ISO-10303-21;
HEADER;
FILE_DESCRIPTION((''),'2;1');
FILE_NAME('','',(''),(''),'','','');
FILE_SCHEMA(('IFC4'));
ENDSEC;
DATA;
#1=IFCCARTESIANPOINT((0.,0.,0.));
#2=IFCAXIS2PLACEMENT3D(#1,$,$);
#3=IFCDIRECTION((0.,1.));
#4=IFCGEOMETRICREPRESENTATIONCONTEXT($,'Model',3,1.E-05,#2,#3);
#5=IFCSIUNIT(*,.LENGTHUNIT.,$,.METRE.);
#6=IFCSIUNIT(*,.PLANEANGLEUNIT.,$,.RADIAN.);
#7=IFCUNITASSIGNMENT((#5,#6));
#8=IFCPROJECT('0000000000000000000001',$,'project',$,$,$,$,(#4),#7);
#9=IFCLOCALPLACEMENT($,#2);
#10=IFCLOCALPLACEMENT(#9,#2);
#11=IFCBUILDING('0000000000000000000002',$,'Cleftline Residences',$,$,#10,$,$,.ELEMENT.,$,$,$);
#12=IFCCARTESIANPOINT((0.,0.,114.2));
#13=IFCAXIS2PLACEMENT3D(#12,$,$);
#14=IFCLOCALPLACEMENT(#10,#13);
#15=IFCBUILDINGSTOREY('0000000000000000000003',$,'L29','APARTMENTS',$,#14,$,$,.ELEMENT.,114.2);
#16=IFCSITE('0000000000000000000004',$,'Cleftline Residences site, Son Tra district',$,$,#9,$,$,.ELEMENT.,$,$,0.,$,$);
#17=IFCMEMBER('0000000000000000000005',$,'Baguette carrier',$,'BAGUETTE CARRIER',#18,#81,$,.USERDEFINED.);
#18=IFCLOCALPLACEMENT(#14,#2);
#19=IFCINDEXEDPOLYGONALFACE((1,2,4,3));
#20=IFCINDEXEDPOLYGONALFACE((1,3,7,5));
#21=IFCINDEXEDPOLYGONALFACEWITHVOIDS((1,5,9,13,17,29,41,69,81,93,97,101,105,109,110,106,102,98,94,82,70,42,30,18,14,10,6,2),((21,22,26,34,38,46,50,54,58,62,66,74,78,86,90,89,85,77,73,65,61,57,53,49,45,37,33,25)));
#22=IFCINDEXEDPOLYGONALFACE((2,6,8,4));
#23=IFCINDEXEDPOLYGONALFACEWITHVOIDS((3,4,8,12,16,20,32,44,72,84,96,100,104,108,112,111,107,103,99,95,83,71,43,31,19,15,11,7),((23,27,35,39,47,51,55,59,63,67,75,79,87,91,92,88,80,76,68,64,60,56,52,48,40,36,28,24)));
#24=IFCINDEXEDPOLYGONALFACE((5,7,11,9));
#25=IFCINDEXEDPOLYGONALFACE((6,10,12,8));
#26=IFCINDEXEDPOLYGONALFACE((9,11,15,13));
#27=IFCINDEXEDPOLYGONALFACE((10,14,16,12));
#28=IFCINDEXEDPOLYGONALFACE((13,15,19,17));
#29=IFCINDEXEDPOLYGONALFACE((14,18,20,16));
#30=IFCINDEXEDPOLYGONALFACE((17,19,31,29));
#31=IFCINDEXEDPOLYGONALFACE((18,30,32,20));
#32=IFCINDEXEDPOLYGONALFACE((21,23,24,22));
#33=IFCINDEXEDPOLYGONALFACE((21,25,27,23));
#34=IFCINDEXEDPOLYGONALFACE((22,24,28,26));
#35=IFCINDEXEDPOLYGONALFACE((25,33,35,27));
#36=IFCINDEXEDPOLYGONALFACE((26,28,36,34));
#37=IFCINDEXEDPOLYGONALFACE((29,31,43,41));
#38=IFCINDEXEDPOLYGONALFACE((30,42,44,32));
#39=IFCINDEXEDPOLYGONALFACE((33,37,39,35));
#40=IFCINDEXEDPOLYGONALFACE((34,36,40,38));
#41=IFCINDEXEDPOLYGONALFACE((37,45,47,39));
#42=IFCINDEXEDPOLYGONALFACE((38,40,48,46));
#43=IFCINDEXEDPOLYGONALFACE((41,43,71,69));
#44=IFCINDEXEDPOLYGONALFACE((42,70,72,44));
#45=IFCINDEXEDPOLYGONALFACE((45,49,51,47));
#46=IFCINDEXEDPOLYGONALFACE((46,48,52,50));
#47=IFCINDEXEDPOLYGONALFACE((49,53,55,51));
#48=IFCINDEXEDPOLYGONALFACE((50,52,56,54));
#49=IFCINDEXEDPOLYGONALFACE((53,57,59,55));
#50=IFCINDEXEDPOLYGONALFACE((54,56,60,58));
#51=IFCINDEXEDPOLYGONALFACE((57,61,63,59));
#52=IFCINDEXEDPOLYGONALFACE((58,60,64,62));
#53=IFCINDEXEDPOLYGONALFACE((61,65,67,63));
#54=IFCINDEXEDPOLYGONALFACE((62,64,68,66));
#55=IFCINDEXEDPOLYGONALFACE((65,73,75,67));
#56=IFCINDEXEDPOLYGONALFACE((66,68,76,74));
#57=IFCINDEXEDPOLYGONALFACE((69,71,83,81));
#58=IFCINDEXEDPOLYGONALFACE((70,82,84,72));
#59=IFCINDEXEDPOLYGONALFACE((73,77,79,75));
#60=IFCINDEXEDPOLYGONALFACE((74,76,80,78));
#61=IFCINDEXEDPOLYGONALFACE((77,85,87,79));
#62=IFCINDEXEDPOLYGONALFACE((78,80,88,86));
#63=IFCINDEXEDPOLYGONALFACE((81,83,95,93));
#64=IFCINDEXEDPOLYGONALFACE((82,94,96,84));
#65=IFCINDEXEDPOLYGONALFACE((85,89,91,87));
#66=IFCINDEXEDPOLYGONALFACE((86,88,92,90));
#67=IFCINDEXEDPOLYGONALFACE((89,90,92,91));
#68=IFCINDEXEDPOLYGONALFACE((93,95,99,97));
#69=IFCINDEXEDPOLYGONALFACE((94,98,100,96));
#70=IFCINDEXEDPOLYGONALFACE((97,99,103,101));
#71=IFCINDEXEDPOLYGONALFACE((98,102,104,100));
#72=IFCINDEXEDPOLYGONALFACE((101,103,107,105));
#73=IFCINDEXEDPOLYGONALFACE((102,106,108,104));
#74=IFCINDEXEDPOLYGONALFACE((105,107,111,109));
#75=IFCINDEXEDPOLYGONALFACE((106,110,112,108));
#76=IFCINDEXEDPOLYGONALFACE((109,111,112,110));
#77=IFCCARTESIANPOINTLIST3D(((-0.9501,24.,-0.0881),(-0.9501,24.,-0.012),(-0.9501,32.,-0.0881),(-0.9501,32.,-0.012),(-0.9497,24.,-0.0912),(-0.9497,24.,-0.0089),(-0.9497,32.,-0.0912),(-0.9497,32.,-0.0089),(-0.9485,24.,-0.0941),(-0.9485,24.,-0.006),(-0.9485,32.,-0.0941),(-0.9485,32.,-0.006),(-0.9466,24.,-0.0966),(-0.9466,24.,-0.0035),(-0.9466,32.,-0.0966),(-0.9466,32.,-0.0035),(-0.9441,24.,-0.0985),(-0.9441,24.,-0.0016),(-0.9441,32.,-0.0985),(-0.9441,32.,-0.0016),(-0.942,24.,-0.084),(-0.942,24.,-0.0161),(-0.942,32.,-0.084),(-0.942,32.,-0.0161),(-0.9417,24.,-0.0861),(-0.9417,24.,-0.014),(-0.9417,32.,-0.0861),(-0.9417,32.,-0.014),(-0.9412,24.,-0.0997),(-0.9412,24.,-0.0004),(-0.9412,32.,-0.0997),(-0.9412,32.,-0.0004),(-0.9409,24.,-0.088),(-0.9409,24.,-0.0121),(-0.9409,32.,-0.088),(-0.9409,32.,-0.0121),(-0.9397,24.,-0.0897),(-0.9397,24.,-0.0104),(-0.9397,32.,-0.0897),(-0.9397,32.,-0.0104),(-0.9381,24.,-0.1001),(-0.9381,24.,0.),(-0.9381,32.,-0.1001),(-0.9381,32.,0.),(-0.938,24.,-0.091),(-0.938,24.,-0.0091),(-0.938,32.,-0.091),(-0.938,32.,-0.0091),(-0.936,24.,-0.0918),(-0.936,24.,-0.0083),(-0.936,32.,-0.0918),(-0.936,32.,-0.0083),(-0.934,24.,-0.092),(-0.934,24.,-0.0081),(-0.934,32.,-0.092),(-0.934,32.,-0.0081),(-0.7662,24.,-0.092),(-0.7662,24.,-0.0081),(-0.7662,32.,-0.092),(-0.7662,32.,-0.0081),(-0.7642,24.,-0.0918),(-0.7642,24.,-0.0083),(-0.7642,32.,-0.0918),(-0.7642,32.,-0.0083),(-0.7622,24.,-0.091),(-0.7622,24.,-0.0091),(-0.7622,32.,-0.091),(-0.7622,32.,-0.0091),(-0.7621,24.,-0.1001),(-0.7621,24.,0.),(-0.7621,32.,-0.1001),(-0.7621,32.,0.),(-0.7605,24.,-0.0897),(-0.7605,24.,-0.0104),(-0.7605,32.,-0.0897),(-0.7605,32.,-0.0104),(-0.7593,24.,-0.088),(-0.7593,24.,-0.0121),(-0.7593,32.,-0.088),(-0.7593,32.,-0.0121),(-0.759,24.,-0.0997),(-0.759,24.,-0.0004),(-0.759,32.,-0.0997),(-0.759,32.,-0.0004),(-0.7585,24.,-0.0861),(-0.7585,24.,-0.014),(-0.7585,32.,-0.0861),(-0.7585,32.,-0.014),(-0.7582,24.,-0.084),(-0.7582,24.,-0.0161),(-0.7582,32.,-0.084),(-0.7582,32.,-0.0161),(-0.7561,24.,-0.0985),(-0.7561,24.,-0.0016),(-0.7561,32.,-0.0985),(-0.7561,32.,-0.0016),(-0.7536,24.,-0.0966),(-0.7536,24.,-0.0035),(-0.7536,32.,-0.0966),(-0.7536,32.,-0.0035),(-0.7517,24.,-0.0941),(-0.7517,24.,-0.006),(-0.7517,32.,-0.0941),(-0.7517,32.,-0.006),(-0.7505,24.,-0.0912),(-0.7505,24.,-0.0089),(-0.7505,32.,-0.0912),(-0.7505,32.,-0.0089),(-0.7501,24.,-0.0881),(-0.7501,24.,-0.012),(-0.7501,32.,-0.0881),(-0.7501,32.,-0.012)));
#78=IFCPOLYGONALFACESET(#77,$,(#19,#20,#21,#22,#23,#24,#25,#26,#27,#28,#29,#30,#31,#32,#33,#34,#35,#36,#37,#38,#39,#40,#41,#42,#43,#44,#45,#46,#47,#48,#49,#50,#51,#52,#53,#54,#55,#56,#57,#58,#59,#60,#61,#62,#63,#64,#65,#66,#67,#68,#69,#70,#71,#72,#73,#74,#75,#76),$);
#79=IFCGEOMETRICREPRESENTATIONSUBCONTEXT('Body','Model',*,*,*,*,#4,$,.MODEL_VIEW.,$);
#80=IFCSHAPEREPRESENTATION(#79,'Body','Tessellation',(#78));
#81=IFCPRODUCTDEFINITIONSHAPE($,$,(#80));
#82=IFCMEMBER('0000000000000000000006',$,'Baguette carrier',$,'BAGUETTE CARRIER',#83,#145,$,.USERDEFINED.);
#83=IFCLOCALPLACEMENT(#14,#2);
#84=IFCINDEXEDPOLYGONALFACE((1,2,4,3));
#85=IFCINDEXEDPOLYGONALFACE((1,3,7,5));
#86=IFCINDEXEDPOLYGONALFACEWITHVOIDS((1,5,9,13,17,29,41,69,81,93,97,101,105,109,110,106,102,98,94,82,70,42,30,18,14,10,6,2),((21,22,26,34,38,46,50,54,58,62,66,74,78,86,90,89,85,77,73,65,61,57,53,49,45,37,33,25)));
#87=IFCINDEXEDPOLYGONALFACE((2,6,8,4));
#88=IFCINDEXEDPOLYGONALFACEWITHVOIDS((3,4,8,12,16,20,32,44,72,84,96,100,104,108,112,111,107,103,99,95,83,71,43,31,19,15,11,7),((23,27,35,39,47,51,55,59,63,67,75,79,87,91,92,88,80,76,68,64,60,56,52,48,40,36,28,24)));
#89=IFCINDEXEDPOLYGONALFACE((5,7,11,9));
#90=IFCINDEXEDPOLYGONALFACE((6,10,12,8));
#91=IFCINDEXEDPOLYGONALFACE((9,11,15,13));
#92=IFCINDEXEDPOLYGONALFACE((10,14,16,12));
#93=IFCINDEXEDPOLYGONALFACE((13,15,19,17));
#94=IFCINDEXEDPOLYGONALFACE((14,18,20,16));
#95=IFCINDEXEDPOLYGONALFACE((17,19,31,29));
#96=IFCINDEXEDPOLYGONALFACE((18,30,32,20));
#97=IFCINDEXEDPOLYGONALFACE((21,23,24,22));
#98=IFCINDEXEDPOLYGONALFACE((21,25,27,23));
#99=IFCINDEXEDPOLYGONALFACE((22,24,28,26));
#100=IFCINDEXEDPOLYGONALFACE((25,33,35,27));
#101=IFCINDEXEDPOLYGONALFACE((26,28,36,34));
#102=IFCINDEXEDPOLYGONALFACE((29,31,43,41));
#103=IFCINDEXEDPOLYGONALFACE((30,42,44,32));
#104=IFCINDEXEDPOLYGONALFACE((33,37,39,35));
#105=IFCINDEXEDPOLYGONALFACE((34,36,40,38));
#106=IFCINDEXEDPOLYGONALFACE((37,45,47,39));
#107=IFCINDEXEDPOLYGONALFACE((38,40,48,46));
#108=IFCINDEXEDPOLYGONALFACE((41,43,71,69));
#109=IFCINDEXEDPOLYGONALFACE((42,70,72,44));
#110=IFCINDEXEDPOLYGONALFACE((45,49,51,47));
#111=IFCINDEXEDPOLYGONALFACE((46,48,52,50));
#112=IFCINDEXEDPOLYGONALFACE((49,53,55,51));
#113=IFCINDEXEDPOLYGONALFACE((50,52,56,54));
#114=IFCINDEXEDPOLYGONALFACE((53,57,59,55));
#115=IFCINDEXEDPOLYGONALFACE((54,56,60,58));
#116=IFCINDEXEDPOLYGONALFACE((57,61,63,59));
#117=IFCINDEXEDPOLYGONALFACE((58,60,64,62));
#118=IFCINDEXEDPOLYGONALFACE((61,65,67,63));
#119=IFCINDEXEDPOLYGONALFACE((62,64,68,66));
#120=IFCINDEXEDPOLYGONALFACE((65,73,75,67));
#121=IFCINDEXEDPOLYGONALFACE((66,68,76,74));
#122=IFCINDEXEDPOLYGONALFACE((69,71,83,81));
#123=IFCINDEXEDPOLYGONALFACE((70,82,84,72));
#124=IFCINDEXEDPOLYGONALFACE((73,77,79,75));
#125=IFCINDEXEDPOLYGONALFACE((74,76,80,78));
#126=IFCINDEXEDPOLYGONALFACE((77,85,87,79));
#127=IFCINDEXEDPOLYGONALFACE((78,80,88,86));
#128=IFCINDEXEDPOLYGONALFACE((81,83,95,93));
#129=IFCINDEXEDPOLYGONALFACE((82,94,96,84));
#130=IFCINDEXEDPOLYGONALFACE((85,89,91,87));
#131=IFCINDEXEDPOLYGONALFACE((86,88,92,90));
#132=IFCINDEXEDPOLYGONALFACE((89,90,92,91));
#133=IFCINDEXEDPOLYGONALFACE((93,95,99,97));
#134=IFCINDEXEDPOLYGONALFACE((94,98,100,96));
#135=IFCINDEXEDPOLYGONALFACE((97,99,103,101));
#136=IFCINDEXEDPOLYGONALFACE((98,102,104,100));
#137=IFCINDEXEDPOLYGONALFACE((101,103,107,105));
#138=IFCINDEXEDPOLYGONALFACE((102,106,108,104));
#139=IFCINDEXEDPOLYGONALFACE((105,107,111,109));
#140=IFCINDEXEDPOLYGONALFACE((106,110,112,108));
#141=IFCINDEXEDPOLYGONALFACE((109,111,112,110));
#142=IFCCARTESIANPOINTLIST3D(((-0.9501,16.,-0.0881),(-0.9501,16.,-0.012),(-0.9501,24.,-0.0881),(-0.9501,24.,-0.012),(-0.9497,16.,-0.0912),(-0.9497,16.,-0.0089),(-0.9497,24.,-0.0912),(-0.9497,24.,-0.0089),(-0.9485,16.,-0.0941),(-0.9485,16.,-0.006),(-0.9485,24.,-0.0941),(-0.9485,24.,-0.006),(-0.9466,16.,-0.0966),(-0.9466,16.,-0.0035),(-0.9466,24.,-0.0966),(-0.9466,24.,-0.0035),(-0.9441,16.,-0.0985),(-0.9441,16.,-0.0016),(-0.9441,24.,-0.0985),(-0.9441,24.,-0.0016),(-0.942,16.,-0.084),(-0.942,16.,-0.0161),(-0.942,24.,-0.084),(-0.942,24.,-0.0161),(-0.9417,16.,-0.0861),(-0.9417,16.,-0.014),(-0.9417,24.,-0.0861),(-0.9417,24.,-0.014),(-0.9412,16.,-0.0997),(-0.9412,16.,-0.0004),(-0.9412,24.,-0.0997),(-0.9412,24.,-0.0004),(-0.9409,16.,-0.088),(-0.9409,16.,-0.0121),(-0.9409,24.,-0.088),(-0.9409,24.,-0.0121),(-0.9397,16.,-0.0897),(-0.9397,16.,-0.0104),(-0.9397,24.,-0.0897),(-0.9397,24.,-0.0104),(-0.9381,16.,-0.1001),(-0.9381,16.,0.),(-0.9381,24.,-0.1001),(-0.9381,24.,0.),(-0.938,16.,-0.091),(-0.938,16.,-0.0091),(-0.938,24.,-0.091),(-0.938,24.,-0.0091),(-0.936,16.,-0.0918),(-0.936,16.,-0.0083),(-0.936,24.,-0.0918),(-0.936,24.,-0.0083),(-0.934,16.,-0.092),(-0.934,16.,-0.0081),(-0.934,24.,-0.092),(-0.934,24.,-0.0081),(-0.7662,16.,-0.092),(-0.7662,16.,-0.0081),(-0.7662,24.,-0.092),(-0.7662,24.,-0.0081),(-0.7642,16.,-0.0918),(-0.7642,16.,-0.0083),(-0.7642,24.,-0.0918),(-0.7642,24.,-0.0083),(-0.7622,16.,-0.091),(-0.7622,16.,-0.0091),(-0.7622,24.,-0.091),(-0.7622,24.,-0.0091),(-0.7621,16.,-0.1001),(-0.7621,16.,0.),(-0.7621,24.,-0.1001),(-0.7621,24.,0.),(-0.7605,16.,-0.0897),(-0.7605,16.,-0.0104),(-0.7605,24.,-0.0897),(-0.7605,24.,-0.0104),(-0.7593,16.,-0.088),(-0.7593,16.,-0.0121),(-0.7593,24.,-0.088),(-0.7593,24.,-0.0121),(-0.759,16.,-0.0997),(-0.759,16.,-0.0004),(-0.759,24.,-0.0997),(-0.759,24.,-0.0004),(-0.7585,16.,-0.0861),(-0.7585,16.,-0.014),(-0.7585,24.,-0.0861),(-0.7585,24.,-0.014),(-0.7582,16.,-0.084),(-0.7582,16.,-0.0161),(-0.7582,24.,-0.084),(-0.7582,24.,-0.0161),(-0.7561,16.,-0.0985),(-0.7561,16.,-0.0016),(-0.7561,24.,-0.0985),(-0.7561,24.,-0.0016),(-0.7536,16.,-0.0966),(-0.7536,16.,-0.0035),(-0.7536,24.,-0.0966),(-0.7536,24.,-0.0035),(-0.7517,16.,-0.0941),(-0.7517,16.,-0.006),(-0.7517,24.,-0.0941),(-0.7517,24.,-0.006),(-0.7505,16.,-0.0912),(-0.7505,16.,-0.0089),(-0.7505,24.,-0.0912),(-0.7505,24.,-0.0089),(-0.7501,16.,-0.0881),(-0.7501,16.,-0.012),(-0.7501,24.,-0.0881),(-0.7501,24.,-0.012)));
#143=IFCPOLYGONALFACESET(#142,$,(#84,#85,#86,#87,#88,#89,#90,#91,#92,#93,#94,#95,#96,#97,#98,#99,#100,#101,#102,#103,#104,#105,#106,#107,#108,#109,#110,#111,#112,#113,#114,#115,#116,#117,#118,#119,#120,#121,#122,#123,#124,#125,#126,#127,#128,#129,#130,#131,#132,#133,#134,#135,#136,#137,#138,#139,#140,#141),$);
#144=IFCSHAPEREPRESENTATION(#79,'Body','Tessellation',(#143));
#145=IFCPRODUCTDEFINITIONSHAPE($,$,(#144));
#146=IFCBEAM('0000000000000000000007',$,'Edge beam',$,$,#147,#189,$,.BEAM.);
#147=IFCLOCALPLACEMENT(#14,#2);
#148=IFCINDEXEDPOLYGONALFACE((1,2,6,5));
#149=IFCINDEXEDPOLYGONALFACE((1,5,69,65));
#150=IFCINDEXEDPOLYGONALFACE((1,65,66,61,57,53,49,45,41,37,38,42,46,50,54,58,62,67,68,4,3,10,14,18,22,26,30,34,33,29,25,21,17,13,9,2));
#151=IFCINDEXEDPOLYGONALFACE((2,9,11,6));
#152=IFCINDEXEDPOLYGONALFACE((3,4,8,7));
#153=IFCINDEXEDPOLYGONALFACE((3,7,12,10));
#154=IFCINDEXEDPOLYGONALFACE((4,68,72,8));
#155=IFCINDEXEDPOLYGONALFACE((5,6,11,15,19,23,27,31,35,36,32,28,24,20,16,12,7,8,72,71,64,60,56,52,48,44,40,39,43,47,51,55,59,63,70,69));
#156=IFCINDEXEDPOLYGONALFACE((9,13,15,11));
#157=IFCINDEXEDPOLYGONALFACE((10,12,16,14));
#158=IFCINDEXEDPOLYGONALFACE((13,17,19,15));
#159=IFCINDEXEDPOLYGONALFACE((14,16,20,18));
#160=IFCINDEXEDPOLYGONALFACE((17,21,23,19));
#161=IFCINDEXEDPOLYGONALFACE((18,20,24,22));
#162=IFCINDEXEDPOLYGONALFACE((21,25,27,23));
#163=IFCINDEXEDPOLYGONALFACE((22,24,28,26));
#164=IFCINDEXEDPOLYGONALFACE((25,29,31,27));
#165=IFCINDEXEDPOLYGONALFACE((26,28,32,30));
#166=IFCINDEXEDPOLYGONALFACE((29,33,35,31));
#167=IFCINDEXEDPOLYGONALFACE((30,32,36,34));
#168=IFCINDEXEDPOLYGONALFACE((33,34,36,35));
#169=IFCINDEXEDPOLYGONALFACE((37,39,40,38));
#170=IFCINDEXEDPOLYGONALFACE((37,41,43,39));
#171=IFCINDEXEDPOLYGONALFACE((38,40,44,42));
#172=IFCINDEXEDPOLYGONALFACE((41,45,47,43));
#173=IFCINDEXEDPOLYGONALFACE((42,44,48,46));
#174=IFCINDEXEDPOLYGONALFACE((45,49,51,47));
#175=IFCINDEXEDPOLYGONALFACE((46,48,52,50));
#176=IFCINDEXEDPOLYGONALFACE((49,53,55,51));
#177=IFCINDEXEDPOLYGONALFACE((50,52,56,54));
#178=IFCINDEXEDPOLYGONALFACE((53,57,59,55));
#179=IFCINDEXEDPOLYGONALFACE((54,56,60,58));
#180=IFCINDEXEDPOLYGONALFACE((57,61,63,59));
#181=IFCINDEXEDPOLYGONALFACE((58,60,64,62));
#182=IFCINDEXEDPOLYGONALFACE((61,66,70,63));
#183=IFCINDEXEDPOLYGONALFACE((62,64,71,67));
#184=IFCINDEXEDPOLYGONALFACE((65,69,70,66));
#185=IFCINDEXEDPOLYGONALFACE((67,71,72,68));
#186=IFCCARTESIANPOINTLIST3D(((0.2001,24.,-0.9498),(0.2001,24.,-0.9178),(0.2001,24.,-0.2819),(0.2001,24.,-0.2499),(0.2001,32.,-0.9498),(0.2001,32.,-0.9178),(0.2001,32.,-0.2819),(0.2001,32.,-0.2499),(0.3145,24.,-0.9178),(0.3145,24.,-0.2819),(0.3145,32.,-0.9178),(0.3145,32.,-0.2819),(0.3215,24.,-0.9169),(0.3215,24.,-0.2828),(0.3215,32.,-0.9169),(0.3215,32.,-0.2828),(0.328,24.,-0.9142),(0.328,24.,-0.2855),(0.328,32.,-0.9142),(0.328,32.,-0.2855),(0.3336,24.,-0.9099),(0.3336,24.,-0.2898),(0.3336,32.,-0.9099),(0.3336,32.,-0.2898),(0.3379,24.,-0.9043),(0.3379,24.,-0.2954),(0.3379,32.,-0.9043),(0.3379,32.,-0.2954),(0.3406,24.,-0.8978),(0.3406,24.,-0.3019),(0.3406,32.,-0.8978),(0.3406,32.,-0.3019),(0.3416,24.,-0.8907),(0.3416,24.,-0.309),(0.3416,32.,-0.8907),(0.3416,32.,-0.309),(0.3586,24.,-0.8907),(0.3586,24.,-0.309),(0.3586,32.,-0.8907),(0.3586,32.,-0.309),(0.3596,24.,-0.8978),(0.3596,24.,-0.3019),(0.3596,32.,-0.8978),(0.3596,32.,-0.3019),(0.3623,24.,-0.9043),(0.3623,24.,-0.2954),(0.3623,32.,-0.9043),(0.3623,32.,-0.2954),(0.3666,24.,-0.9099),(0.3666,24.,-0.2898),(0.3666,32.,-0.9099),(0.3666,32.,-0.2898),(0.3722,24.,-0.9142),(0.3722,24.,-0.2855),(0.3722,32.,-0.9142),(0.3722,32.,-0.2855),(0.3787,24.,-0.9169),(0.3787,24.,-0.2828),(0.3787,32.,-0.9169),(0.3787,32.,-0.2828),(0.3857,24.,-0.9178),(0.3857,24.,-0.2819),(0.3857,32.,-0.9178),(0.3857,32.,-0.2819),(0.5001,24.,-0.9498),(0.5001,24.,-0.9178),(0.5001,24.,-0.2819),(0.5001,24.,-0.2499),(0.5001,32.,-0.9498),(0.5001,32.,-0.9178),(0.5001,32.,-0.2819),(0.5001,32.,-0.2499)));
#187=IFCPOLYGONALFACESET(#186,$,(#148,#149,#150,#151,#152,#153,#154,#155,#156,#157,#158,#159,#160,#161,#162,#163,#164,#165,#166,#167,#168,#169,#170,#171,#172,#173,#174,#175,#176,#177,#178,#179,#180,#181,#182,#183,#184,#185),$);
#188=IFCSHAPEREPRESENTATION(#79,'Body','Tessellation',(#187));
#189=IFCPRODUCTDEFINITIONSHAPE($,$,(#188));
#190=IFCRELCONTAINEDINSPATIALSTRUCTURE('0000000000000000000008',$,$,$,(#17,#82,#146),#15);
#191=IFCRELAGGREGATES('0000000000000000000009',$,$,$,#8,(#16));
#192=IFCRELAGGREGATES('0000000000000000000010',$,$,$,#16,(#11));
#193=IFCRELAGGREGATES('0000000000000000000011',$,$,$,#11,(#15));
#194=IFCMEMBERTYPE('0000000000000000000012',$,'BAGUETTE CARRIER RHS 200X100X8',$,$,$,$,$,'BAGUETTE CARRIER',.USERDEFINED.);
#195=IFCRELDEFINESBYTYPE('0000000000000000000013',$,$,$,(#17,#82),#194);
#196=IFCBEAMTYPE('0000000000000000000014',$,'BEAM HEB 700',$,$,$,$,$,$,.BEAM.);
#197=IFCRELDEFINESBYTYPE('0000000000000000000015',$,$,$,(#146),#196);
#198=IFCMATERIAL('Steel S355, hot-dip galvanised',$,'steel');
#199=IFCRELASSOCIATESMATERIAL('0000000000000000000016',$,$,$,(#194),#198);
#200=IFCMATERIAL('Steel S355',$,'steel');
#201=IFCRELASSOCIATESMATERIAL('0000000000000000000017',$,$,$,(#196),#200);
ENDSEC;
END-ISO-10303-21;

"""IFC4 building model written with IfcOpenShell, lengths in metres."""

from ifc_helpers import new_model, si_unit, direction, frame, origin, origin_2d, place, context, subcontext, project, spatial, hollow_rectangle, i_section, extrude, material, material_profile, profile_set, type_object, element, save


model = new_model("IFC4")

# Units and contexts
model_context = context("Model", 3, precision=1e-05, world=origin(), true_north=direction((0.0, 1.0)))
body_context = subcontext(model_context, "Body", "Model", "MODEL_VIEW")
ifc_project = project(units=[si_unit("LENGTHUNIT", "METRE"), si_unit("PLANEANGLEUNIT", "RADIAN")], contexts=[model_context])

# Site, building, storey
site_placement = place(None, origin())
site = spatial("IfcSite", under=ifc_project, at=site_placement, Name="Cleftline Residences site, Son Tra district", CompositionType="ELEMENT", RefElevation=0.0)
building_placement = place(site_placement, origin())
building = spatial("IfcBuilding", under=site, at=building_placement, Name="Cleftline Residences", CompositionType="ELEMENT")
storey_placement = place(building_placement, frame((0.0, 0.0, 114.2)))
storey = spatial("IfcBuildingStorey", under=building, at=storey_placement, Name="L29", Description="APARTMENTS", CompositionType="ELEMENT", Elevation=114.2)

# Members
ifc_material_1 = material(Name="Steel S355, hot-dip galvanised", Category="steel")
ifc_material_profile_1 = material_profile(ifc_material_1, hollow_rectangle(XDim=0.1001, YDim=0.2, WallThickness=0.0081, InnerFilletRadius=0.0081, OuterFilletRadius=0.012, at=origin_2d()))
ifc_profile_set_1 = profile_set([ifc_material_profile_1], Name="Steel S355, hot-dip galvanised")
member_type_1 = type_object("IfcMemberType", Name="BAGUETTE CARRIER RHS 200X100X8", ElementType="BAGUETTE CARRIER", PredefinedType="USERDEFINED", material=ifc_profile_set_1)
for number, where, z_axis, x_axis, name in (
    (1, (-0.8501, 32.0, -0.05), (0.0, -1.0, 0.0), (0.0, 0.0, 1.0), "Baguette carrier"),
    (2, (-0.8501, 24.0, -0.05), (0.0, -1.0, 0.0), (0.0, 0.0, 1.0), "Baguette carrier"),
):
    element("IfcMember", number, at=place(storey_placement, frame(where, z_axis=z_axis, x_axis=x_axis)), inside=storey, type_object=member_type_1, Name=name, ObjectType="BAGUETTE CARRIER", PredefinedType="USERDEFINED", context=body_context, shape_type="SweptSolid", body=[
        extrude(hollow_rectangle(XDim=0.1001, YDim=0.2, WallThickness=0.0081, InnerFilletRadius=0.0081, OuterFilletRadius=0.012, at=origin_2d()), origin(), (0.0, 0.0, 1.0), 8.0),
    ])

# Beam
ifc_material_2 = material(Name="Steel S355", Category="steel")
ifc_material_profile_2 = material_profile(ifc_material_2, i_section(OverallWidth=0.3, OverallDepth=0.7, WebThickness=0.0171, FlangeThickness=0.032, FilletRadius=0.0271, at=origin_2d()))
ifc_profile_set_2 = profile_set([ifc_material_profile_2], Name="Steel S355")
beam_type_1 = type_object("IfcBeamType", Name="BEAM HEB 700", PredefinedType="BEAM", material=ifc_profile_set_2)
for number, where, z_axis, x_axis, name in (
    (3, (0.3501, 24.0, -0.5999), (0.0, 1.0, 0.0), (-1.0, 0.0, 0.0), "Edge beam"),
):
    element("IfcBeam", number, at=place(storey_placement, frame(where, z_axis=z_axis, x_axis=x_axis)), inside=storey, type_object=beam_type_1, Name=name, PredefinedType="BEAM", context=body_context, shape_type="SweptSolid", body=[
        extrude(i_section(OverallWidth=0.3, OverallDepth=0.7, WebThickness=0.0171, FlangeThickness=0.032, FilletRadius=0.0271, at=origin_2d()), origin(), (0.0, 0.0, 1.0), 8.0),
    ])

save(model, "model.ifc")
